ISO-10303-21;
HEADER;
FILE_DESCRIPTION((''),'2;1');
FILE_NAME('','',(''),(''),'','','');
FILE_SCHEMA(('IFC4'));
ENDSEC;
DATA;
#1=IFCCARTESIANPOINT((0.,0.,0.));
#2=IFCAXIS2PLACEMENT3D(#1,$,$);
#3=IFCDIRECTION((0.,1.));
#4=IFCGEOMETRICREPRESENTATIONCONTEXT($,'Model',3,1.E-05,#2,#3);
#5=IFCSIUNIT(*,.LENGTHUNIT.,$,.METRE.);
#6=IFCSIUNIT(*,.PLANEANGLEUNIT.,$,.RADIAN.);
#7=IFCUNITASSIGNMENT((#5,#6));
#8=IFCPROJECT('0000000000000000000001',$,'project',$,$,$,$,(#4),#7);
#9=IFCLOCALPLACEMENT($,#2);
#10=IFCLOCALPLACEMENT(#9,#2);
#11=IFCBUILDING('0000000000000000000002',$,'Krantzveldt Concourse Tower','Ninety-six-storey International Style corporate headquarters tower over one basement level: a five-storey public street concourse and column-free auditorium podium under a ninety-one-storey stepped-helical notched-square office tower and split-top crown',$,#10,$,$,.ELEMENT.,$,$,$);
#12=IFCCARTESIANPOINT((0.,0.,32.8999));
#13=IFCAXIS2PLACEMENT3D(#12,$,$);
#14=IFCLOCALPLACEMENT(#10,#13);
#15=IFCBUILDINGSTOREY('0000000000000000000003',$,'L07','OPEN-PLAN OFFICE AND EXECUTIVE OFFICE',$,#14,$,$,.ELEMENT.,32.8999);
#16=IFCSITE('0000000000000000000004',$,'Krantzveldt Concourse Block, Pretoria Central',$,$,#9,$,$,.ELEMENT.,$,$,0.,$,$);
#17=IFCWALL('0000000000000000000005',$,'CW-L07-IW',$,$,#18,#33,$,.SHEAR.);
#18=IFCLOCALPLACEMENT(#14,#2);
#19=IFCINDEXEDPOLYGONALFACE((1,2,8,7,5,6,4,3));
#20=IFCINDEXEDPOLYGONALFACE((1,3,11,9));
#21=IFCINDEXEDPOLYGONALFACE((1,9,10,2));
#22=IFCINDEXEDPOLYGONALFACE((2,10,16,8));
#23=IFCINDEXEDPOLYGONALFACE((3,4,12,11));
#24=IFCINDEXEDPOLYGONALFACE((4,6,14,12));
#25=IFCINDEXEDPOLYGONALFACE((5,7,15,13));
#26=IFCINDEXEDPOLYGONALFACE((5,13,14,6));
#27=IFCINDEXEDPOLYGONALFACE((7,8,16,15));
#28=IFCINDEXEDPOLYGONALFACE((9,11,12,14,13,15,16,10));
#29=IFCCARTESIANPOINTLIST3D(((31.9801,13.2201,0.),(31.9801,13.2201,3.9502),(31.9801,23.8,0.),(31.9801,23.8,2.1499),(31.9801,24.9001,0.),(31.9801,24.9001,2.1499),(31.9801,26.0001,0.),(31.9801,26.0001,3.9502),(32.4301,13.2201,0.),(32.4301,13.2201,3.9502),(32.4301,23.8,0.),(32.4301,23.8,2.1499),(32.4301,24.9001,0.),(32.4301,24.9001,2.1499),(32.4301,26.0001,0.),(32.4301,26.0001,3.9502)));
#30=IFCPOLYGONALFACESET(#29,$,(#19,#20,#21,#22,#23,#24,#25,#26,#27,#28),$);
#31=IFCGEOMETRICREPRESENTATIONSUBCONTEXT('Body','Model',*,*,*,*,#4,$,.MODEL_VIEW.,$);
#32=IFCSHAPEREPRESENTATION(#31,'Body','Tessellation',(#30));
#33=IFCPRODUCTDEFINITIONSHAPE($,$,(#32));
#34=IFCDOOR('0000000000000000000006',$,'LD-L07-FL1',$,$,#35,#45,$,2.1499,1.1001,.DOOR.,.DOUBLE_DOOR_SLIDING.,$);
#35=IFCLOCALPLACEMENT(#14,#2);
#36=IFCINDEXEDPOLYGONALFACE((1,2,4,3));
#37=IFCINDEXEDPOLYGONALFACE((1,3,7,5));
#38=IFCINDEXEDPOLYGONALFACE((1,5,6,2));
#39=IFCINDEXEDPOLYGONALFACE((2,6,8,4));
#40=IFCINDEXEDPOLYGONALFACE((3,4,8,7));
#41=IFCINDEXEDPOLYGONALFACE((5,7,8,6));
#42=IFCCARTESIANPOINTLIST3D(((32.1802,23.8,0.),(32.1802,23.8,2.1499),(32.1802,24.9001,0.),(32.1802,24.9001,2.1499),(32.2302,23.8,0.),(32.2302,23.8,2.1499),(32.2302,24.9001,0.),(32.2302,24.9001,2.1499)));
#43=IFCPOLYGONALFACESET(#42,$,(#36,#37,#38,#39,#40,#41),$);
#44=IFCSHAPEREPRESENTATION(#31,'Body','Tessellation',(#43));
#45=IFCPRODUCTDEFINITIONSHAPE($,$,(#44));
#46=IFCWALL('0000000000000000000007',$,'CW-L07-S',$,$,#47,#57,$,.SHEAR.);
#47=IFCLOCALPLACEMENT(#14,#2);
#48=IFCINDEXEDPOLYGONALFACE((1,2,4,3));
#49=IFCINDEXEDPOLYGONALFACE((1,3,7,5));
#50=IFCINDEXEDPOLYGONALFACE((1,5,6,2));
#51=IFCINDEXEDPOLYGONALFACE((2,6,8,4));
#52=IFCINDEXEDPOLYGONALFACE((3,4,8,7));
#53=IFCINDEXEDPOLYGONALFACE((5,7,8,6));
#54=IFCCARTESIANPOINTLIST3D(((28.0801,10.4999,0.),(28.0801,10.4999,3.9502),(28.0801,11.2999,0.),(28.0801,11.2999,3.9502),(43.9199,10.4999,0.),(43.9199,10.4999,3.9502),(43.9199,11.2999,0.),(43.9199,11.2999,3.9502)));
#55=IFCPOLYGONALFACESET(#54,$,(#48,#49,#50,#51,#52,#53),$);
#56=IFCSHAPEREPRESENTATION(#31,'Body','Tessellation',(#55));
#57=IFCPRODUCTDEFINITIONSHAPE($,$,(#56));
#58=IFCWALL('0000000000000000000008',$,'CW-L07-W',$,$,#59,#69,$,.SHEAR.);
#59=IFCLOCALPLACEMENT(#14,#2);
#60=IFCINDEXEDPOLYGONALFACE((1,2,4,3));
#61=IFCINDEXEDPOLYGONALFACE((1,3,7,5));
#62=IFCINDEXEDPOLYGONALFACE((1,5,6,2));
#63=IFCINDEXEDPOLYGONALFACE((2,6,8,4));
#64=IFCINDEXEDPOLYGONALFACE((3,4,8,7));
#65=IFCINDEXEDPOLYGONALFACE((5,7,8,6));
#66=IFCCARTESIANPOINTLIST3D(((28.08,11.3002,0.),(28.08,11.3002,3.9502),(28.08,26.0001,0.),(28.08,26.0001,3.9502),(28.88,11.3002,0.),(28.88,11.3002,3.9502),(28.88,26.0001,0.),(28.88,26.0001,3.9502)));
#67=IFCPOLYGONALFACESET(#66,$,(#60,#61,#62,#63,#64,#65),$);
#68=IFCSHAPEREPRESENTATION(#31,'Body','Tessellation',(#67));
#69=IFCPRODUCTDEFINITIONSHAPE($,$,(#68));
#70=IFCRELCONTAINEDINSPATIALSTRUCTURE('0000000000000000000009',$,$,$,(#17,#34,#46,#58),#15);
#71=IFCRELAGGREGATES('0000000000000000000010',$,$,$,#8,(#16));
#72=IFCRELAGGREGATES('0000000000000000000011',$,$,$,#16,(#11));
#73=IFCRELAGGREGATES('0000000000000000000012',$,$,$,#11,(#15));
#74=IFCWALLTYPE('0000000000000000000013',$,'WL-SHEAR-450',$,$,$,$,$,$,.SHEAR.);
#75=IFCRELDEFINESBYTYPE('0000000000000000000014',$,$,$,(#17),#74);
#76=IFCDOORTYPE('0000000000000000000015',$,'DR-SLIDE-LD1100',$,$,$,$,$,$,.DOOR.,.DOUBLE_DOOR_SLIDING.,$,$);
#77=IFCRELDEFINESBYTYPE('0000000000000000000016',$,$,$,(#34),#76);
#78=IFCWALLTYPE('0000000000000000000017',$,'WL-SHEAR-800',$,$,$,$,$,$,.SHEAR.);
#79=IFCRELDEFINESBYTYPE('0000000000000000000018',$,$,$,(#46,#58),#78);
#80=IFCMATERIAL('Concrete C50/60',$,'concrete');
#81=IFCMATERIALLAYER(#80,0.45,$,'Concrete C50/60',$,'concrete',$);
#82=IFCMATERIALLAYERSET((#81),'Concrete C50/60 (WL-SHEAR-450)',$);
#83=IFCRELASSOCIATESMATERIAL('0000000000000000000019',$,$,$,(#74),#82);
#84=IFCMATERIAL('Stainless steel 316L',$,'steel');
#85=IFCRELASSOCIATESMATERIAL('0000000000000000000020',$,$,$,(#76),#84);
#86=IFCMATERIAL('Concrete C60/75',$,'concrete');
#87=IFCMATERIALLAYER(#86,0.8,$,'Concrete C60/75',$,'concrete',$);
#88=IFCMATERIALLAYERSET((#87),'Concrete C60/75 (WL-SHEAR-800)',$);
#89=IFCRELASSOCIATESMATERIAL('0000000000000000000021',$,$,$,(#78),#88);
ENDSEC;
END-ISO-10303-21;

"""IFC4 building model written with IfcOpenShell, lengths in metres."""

from ifc_helpers import new_model, si_unit, direction, frame, frame_2d, origin, place, context, subcontext, project, spatial, rectangle, extrude, material, layer, layer_set, type_object, element, fill, save


model = new_model("IFC4")

# Units and contexts
model_context = context("Model", 3, precision=1e-05, world=origin(), true_north=direction((0.0, 1.0)))
body_context = subcontext(model_context, "Body", "Model", "MODEL_VIEW")
ifc_project = project(units=[si_unit("LENGTHUNIT", "METRE"), si_unit("PLANEANGLEUNIT", "RADIAN")], contexts=[model_context])

# Site, building, storey
site_placement = place(None, origin())
site = spatial("IfcSite", under=ifc_project, at=site_placement, Name="Krantzveldt Concourse Block, Pretoria Central", CompositionType="ELEMENT", RefElevation=0.0)
building_placement = place(site_placement, origin())
building = spatial("IfcBuilding", under=site, at=building_placement, Name="Krantzveldt Concourse Tower", Description="Ninety-six-storey International Style corporate headquarters tower over one basement level: a five-storey public street concourse and column-free auditorium podium under a ninety-one-storey stepped-helical notched-square office tower and split-top crown", CompositionType="ELEMENT")
storey_placement = place(building_placement, frame((0.0, 0.0, 32.8999)))
storey = spatial("IfcBuildingStorey", under=building, at=storey_placement, Name="L07", Description="OPEN-PLAN OFFICE AND EXECUTIVE OFFICE", CompositionType="ELEMENT", Elevation=32.8999)

# Shared definitions
ifc_material_1 = material(Name="Concrete C60/75", Category="concrete")

# Shared definitions
ifc_material_2 = material(Name="Concrete C50/60", Category="concrete")

# Wall, opening, door
ifc_layer_1 = layer(ifc_material_2, 0.45, Name="Concrete C50/60", Category="concrete")
ifc_layer_set_1 = layer_set([ifc_layer_1], Name="Concrete C50/60 (WL-SHEAR-450)")
wall_type_1 = type_object("IfcWallType", Name="WL-SHEAR-450", PredefinedType="SHEAR", material=ifc_layer_set_1)
wall_1_placement = place(storey_placement, frame((32.2051, 13.22, 0.0), z_axis=(0.0, 0.0, 1.0), x_axis=(0.0, 1.0, 0.0)))
wall_1 = element("IfcWall", 1, at=wall_1_placement, inside=storey, type_object=wall_type_1, Name="CW-L07-IW", PredefinedType="SHEAR", context=body_context, shape_type="SweptSolid", body=[
    extrude(rectangle(XDim=12.78, YDim=0.45, at=frame_2d((6.3901, 0.0))), origin(), (0.0, 0.0, 1.0), 3.9502),
])
opening_1_placement = place(wall_1_placement, frame((10.5801, 0.0, 0.0)))
opening_1 = element("IfcOpeningElement", 2, at=opening_1_placement, cuts=wall_1, PredefinedType="OPENING", context=body_context, shape_type="SweptSolid", body=[
    extrude(rectangle(XDim=1.1001, YDim=2.1499, at=frame_2d((0.55, 1.075))), frame((0.0, 0.2349, 0.0), z_axis=(0.0, -1.0, 0.0), x_axis=(1.0, 0.0, 0.0)), (0.0, 0.0, 1.0), 0.47),
])
ifc_material_3 = material(Name="Stainless steel 316L", Category="steel")
door_type_1 = type_object("IfcDoorType", Name="DR-SLIDE-LD1100", OperationType="DOUBLE_DOOR_SLIDING", PredefinedType="DOOR", material=ifc_material_3)
door_1_placement = place(opening_1_placement, origin())
door_1 = element("IfcDoor", 3, at=door_1_placement, inside=storey, type_object=door_type_1, Name="LD-L07-FL1", OperationType="DOUBLE_DOOR_SLIDING", OverallHeight=2.1499, OverallWidth=1.1001, PredefinedType="DOOR", context=body_context, shape_type="SweptSolid", body=[
    extrude(rectangle(XDim=1.1001, YDim=2.1499, at=frame_2d((0.55, 1.075))), frame((0.0, 0.0249, 0.0), z_axis=(0.0, -1.0, 0.0), x_axis=(1.0, 0.0, 0.0)), (0.0, 0.0, 1.0), 0.05),
])
fill(opening_1, door_1)

# Walls
ifc_layer_2 = layer(ifc_material_1, 0.8, Name="Concrete C60/75", Category="concrete")
ifc_layer_set_2 = layer_set([ifc_layer_2], Name="Concrete C60/75 (WL-SHEAR-800)")
wall_type_2 = type_object("IfcWallType", Name="WL-SHEAR-800", PredefinedType="SHEAR", material=ifc_layer_set_2)
wall_2_placement = place(storey_placement, frame((28.0801, 10.8999, 0.0), z_axis=(0.0, 0.0, 1.0), x_axis=(1.0, 0.0, 0.0)))
element("IfcWall", 4, at=wall_2_placement, inside=storey, type_object=wall_type_2, Name="CW-L07-S", PredefinedType="SHEAR", context=body_context, shape_type="SweptSolid", body=[
    extrude(rectangle(XDim=15.8398, YDim=0.8, at=frame_2d((7.9199, 0.0))), origin(), (0.0, 0.0, 1.0), 3.9502),
])
wall_3_placement = place(storey_placement, frame((28.48, 11.3, 0.0), z_axis=(0.0, 0.0, 1.0), x_axis=(0.0, 1.0, 0.0)))
element("IfcWall", 5, at=wall_3_placement, inside=storey, type_object=wall_type_2, Name="CW-L07-W", PredefinedType="SHEAR", context=body_context, shape_type="SweptSolid", body=[
    extrude(rectangle(XDim=14.7, YDim=0.8, at=frame_2d((7.3501, 0.0))), origin(), (0.0, 0.0, 1.0), 3.9502),
])

save(model, "model.ifc")
